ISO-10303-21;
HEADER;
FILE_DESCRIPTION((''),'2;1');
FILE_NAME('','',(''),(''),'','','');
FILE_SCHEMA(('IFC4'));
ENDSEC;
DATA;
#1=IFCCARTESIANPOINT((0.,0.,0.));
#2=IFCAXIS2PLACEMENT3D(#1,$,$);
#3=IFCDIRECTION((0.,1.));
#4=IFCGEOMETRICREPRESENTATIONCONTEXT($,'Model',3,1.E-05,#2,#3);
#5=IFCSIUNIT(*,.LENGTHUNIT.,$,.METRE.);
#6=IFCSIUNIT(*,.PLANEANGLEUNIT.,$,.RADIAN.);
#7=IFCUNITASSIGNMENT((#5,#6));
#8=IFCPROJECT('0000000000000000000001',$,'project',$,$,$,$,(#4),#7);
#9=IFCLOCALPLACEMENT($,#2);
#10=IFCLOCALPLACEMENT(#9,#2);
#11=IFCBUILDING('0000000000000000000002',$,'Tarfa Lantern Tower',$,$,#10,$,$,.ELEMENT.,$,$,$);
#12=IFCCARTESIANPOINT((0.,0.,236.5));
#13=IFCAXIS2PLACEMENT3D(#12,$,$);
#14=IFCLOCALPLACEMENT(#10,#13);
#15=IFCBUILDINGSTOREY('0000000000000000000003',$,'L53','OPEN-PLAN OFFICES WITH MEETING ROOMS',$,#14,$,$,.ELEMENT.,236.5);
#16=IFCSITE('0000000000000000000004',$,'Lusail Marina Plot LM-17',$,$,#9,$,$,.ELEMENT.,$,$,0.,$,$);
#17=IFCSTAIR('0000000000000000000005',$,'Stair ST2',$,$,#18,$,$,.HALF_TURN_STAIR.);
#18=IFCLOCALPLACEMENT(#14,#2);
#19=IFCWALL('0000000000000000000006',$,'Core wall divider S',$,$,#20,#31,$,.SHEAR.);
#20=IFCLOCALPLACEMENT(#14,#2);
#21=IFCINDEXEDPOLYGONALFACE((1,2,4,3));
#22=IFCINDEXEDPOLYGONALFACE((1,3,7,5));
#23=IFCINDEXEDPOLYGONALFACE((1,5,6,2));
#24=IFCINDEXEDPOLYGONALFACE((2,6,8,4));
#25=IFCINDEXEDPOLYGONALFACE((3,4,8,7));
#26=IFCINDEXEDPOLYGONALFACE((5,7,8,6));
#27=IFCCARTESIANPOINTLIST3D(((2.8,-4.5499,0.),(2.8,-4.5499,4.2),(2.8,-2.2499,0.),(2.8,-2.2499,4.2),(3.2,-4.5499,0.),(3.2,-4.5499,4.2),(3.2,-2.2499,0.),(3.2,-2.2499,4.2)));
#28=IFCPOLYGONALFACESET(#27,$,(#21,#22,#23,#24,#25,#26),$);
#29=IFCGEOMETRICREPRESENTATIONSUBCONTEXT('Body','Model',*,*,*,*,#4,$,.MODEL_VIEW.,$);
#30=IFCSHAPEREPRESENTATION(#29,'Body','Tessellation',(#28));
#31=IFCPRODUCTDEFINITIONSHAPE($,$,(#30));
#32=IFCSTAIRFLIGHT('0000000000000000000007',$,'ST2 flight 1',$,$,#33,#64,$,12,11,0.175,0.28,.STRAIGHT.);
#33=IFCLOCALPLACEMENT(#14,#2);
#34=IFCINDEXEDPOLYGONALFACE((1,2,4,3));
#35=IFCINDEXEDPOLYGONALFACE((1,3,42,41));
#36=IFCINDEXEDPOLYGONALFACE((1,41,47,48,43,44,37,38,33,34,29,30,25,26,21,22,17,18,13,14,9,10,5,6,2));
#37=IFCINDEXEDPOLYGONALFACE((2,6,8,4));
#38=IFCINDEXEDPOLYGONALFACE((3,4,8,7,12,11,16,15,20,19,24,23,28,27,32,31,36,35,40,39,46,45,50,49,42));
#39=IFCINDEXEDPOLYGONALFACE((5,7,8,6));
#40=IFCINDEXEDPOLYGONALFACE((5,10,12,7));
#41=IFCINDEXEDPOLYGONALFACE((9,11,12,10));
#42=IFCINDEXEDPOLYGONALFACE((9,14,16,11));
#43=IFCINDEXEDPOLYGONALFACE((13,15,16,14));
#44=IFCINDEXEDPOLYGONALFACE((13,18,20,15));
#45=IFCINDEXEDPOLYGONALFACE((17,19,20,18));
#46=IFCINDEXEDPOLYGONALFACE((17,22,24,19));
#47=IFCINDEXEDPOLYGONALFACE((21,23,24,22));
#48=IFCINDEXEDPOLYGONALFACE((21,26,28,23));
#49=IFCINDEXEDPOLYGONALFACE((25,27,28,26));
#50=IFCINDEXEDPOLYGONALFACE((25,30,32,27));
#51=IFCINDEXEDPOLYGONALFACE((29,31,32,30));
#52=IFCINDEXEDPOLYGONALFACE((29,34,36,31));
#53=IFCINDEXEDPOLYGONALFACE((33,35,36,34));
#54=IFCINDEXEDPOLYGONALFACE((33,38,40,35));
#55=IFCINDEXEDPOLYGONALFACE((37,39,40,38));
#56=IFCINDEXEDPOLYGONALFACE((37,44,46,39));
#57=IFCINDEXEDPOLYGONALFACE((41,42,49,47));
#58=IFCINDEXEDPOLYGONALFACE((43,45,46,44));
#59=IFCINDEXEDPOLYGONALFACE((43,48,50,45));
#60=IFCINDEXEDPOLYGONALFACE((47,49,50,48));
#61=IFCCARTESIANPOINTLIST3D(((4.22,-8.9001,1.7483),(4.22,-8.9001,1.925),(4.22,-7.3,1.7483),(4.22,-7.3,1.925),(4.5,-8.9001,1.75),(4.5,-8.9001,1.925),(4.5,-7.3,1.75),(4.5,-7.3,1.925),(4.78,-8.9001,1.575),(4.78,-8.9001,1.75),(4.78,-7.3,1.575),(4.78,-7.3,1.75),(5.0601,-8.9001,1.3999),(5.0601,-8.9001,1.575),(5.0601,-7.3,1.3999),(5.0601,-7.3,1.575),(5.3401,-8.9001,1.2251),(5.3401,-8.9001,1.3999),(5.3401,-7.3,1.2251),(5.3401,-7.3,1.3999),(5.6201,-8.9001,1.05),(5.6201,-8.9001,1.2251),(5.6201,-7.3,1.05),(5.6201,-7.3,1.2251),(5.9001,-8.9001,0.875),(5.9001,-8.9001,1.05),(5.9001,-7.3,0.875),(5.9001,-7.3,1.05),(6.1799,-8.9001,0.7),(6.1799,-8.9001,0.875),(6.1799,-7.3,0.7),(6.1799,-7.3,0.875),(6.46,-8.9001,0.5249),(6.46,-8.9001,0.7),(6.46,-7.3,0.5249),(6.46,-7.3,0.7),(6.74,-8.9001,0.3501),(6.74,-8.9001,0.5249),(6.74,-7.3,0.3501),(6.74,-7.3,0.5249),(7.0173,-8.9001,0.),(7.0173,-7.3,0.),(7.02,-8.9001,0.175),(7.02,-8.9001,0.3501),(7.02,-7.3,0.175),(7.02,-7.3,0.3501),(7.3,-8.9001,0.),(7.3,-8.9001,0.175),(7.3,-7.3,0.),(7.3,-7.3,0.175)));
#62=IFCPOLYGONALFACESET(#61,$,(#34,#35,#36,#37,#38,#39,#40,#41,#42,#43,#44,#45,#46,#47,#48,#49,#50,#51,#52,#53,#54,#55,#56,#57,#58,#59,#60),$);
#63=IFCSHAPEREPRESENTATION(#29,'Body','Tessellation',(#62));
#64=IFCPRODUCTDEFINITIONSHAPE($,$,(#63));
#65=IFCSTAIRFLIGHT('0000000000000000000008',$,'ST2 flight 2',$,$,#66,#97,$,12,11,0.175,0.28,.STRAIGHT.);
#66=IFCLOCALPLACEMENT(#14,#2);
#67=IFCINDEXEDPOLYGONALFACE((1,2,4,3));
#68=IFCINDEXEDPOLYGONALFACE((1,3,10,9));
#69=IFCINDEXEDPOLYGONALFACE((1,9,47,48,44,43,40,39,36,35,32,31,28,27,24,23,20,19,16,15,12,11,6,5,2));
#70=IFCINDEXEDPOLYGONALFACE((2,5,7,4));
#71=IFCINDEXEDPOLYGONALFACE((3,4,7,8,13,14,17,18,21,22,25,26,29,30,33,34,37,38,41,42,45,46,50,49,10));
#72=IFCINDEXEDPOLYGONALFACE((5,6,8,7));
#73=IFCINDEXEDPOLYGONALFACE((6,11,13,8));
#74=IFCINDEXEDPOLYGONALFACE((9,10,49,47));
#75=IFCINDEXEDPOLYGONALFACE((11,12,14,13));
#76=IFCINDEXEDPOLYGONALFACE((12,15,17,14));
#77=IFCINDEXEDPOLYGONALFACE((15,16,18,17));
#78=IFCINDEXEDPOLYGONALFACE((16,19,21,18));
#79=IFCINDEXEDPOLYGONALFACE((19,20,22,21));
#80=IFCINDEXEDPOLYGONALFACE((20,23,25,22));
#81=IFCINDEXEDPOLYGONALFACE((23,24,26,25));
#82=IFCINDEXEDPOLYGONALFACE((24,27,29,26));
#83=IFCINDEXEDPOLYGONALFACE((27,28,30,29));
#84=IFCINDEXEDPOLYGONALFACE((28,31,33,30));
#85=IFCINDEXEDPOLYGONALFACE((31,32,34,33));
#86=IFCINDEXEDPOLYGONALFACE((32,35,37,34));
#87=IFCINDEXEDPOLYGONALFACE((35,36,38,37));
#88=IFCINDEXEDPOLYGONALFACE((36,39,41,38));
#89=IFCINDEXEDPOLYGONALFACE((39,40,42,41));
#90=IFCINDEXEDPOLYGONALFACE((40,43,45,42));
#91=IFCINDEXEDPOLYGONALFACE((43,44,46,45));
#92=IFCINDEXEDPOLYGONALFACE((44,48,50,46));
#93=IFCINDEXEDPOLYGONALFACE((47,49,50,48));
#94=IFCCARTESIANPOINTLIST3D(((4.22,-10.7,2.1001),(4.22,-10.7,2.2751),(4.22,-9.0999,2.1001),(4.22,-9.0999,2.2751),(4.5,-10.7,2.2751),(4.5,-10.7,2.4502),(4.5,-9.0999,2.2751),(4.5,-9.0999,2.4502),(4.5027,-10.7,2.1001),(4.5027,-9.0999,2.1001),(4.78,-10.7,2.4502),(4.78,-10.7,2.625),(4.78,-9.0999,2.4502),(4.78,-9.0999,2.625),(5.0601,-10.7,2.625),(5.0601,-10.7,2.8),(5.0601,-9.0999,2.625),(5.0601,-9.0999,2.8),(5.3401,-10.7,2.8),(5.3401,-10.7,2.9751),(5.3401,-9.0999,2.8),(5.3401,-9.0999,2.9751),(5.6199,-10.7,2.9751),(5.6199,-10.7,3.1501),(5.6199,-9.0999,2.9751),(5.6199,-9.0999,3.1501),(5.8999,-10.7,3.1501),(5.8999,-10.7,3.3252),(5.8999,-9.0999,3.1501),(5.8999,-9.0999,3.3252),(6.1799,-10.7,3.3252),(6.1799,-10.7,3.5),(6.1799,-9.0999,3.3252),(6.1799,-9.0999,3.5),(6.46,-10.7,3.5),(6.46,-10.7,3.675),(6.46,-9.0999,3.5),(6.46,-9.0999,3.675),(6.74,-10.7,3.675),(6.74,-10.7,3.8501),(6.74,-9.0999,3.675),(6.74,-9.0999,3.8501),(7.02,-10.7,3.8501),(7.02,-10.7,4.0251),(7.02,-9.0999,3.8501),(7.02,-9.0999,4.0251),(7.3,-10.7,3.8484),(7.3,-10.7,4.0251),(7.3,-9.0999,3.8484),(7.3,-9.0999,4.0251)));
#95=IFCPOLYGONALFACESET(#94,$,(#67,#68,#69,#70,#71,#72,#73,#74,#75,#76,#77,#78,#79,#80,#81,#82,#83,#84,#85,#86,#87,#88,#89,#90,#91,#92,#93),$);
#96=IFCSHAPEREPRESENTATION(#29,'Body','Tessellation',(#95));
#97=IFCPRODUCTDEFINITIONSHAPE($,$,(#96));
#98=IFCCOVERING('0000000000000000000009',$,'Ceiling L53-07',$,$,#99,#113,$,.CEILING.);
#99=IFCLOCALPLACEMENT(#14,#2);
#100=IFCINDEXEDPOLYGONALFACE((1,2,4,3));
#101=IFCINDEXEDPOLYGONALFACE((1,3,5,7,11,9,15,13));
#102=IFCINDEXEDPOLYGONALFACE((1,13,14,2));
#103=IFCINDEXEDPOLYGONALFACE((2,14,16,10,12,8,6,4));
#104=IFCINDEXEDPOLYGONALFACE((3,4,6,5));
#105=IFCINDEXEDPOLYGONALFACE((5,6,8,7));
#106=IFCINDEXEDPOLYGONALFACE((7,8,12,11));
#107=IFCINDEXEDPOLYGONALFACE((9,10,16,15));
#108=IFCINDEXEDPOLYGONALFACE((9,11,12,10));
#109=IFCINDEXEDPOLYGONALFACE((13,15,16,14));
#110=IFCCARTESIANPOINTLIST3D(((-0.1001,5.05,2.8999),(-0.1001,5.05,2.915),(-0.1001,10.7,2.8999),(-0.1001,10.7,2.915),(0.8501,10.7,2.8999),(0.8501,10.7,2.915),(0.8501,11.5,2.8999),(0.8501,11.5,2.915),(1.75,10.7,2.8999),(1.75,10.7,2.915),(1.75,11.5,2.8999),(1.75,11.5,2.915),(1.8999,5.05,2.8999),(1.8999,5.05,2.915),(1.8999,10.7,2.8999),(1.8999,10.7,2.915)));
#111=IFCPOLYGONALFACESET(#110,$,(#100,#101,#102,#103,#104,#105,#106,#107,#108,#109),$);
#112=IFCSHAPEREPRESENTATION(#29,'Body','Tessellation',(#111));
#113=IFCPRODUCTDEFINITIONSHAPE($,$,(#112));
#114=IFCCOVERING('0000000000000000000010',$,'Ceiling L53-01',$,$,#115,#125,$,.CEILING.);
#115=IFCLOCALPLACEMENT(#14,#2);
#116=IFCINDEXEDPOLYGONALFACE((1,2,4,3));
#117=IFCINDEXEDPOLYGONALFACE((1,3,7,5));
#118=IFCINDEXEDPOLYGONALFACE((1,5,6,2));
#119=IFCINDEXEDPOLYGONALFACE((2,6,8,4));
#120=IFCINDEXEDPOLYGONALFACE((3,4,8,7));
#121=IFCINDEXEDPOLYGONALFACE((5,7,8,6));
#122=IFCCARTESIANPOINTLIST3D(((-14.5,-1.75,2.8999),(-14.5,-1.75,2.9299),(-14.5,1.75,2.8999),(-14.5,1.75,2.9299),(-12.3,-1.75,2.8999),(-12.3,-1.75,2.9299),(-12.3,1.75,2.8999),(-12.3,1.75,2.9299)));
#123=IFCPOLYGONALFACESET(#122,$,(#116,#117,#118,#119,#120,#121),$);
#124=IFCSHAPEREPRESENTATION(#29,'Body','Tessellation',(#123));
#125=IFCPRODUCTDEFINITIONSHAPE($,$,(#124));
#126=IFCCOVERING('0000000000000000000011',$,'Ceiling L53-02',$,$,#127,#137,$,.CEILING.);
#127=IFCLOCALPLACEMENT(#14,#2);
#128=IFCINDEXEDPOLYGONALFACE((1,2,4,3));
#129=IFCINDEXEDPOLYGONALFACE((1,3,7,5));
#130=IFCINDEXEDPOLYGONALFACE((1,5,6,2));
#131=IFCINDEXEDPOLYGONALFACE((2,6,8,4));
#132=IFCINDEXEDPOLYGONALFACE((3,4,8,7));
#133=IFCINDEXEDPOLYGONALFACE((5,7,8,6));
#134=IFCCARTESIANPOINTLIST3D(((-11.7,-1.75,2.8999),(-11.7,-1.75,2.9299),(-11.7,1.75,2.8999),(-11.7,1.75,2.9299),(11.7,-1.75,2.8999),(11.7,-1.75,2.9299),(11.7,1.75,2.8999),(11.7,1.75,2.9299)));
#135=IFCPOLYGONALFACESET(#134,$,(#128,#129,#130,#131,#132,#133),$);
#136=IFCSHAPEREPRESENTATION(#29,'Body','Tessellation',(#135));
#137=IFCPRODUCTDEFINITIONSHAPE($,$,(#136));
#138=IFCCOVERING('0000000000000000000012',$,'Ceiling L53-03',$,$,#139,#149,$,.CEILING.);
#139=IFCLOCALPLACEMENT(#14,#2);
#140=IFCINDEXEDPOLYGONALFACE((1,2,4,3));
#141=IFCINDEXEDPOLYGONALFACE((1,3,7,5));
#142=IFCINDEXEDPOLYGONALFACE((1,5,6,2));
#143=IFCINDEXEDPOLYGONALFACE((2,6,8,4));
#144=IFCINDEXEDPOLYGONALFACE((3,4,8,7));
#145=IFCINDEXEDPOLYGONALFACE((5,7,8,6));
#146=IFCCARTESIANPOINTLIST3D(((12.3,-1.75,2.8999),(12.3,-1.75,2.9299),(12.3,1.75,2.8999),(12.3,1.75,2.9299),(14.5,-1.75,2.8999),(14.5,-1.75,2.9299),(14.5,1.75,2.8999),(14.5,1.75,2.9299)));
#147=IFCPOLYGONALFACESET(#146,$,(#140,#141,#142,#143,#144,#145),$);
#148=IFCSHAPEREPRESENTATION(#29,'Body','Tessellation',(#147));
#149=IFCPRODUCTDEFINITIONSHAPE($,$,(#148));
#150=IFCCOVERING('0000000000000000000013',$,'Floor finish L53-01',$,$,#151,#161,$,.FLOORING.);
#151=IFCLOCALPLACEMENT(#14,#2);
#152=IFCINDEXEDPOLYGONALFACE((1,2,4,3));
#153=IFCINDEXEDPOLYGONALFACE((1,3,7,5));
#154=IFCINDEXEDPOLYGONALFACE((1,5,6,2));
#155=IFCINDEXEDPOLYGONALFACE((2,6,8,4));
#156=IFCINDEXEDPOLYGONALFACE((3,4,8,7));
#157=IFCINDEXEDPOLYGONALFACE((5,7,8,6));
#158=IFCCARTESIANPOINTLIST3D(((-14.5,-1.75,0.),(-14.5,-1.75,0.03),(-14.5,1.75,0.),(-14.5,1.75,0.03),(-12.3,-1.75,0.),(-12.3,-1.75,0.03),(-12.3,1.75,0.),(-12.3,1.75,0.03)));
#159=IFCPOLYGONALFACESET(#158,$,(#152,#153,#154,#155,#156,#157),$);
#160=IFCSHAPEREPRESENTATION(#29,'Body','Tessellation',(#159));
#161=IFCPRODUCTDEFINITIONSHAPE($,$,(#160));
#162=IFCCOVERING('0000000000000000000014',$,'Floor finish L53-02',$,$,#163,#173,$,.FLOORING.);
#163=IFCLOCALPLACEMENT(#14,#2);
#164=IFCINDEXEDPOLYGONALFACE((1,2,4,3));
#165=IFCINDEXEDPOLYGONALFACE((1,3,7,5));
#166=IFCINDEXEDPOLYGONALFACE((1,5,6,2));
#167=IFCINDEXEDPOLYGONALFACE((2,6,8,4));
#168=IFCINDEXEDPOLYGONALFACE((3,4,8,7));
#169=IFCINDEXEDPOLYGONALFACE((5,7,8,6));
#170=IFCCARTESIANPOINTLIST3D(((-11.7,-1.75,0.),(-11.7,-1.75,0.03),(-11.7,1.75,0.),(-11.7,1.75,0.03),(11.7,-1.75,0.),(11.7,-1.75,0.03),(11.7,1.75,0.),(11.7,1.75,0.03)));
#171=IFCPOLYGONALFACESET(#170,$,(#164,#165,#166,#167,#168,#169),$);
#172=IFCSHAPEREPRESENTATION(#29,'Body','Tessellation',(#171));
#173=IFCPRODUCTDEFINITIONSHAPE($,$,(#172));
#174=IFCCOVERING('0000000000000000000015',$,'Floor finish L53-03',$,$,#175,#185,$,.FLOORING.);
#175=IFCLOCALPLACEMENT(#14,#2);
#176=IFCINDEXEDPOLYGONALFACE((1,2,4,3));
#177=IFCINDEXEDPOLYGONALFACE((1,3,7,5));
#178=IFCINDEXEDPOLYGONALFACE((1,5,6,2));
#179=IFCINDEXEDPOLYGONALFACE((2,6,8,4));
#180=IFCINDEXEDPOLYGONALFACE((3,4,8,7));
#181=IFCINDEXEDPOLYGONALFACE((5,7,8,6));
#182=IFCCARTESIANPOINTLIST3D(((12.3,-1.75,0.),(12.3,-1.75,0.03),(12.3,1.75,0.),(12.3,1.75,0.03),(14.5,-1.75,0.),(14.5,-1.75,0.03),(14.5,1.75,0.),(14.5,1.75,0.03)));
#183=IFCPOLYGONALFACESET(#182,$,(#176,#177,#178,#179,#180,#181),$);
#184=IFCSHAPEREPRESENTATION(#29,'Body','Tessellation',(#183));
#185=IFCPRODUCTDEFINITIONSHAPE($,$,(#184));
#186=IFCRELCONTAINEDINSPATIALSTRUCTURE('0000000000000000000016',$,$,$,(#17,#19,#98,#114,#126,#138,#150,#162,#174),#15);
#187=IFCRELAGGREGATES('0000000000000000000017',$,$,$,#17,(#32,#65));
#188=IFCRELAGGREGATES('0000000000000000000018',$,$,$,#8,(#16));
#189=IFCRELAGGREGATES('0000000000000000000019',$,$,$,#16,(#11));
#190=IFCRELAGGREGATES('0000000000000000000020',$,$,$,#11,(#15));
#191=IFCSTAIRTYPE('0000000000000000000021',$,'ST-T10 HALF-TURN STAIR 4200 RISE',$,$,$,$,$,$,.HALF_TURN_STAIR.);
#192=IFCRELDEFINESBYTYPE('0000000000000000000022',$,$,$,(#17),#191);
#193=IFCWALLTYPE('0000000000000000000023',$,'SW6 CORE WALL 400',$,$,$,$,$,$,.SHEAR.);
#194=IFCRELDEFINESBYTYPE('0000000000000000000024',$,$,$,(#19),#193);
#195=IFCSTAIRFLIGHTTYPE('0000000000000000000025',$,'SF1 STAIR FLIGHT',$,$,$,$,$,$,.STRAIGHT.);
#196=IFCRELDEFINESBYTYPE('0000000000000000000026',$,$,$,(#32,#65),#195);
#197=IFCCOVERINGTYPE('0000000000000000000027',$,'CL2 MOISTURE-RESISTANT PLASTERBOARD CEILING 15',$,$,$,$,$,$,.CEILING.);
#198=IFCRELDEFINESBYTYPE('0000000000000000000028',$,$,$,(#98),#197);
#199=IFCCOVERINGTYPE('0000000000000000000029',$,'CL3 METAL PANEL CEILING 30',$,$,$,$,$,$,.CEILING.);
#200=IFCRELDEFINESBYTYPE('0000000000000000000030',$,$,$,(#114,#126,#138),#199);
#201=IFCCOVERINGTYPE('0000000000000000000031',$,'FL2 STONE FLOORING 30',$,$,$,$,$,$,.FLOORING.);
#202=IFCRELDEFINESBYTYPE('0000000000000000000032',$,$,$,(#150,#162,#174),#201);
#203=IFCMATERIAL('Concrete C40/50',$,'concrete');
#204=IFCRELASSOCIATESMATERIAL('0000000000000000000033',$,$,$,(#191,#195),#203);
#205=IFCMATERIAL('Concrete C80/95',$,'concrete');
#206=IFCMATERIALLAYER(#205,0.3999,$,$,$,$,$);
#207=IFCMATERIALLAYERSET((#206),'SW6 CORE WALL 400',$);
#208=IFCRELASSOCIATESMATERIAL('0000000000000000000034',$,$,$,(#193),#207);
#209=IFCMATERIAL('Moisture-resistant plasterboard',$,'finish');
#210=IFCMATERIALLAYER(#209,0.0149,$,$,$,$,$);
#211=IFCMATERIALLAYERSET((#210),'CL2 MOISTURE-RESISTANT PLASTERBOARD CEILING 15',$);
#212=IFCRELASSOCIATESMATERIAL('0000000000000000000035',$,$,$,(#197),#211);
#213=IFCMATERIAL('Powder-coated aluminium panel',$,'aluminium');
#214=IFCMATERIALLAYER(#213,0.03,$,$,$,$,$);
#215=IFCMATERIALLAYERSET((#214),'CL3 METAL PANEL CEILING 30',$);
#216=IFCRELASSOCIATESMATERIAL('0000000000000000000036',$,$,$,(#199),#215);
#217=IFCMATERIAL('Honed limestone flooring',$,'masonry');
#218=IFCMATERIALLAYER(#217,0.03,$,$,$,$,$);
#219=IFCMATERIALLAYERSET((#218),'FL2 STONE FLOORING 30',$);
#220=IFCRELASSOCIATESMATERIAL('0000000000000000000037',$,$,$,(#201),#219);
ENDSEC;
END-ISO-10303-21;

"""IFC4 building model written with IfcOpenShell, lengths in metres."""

from ifc_helpers import new_model, si_unit, direction, frame, frame_2d, origin, place, context, subcontext, project, spatial, polyline, rectangle, outline, extrude, material, layer, layer_set, type_object, element, aggregate, save


model = new_model("IFC4")

# Units and contexts
model_context = context("Model", 3, precision=1e-05, world=origin(), true_north=direction((0.0, 1.0)))
body_context = subcontext(model_context, "Body", "Model", "MODEL_VIEW")
ifc_project = project(units=[si_unit("LENGTHUNIT", "METRE"), si_unit("PLANEANGLEUNIT", "RADIAN")], contexts=[model_context])

# Site, building, storey
site_placement = place(None, origin())
site = spatial("IfcSite", under=ifc_project, at=site_placement, Name="Lusail Marina Plot LM-17", CompositionType="ELEMENT", RefElevation=0.0)
building_placement = place(site_placement, origin())
building = spatial("IfcBuilding", under=site, at=building_placement, Name="Tarfa Lantern Tower", CompositionType="ELEMENT")
storey_placement = place(building_placement, frame((0.0, 0.0, 236.5)))
storey = spatial("IfcBuildingStorey", under=building, at=storey_placement, Name="L53", Description="OPEN-PLAN OFFICES WITH MEETING ROOMS", CompositionType="ELEMENT", Elevation=236.5)

# Stair
ifc_material_1 = material(Name="Concrete C40/50", Category="concrete")
stair_type = type_object("IfcStairType", Name="ST-T10 HALF-TURN STAIR 4200 RISE", PredefinedType="HALF_TURN_STAIR", material=ifc_material_1)
stair_1_placement = place(storey_placement, origin())
stair_1 = element("IfcStair", 1, at=stair_1_placement, inside=storey, type_object=stair_type, Name="Stair ST2", PredefinedType="HALF_TURN_STAIR")

# Shared definitions
ifc_material_2 = material(Name="Concrete C80/95", Category="concrete")

# Wall
ifc_layer_1 = layer(ifc_material_2, 0.3999)
ifc_layer_set_1 = layer_set([ifc_layer_1], Name="SW6 CORE WALL 400")
wall_type_1 = type_object("IfcWallType", Name="SW6 CORE WALL 400", PredefinedType="SHEAR", material=ifc_layer_set_1)
for number, where, z_axis, x_axis, name in (
    (2, (3.0, -2.25, 0.0), (0.0, 0.0, 1.0), (0.0, -1.0, 0.0), "Core wall divider S"),
):
    element("IfcWall", number, at=place(storey_placement, frame(where, z_axis=z_axis, x_axis=x_axis)), inside=storey, type_object=wall_type_1, Name=name, PredefinedType="SHEAR", context=body_context, shape_type="SweptSolid", body=[
        extrude(rectangle(XDim=2.3, YDim=0.3999, at=frame_2d((1.1499, 0.0))), origin(), (0.0, 0.0, 1.0), 4.2),
    ])

# Stair flights
stair_flight_type = type_object("IfcStairFlightType", Name="SF1 STAIR FLIGHT", PredefinedType="STRAIGHT", material=ifc_material_1)
stair_flight_1_placement = place(storey_placement, frame((7.3, -8.1001, 0.0), z_axis=(0.0, 0.0, 1.0), x_axis=(-1.0, 0.0, 0.0)))
stair_flight_1 = element("IfcStairFlight", 3, at=stair_flight_1_placement, type_object=stair_flight_type, Name="ST2 flight 1", NumberOfRisers=12, NumberOfTreads=11, PredefinedType="STRAIGHT", RiserHeight=0.175, TreadLength=0.28, context=body_context, shape_type="SweptSolid", body=[
    extrude(outline(polyline([(0.0, 0.0), (0.0, 0.175), (0.28, 0.175), (0.28, 0.3501), (0.5601, 0.3501), (0.5601, 0.5249), (0.8401, 0.5249), (0.8401, 0.7), (1.1201, 0.7), (1.1201, 0.875), (1.3999, 0.875), (1.3999, 1.05), (1.6799, 1.05), (1.6799, 1.2251), (1.96, 1.2251), (1.96, 1.3999), (2.24, 1.3999), (2.24, 1.575), (2.52, 1.575), (2.52, 1.75), (2.8, 1.75), (2.8, 1.925), (3.0801, 1.925), (3.0801, 2.1001), (3.0801, 1.7483), (0.2827, 0.0), (0.0, 0.0)])), frame((0.0, 0.8, 0.0), z_axis=(0.0, -1.0, 0.0), x_axis=(1.0, 0.0, 0.0)), (0.0, 0.0, 1.0), 1.6001),
])
stair_flight_2_placement = place(storey_placement, frame((4.22, -9.8999, 2.1001), z_axis=(0.0, 0.0, 1.0), x_axis=(1.0, 0.0, 0.0)))
stair_flight_2 = element("IfcStairFlight", 4, at=stair_flight_2_placement, type_object=stair_flight_type, Name="ST2 flight 2", NumberOfRisers=12, NumberOfTreads=11, PredefinedType="STRAIGHT", RiserHeight=0.175, TreadLength=0.28, context=body_context, shape_type="SweptSolid", body=[
    extrude(outline(polyline([(0.0, 0.0), (0.0, 0.175), (0.28, 0.175), (0.28, 0.3501), (0.5601, 0.3501), (0.5601, 0.5249), (0.8401, 0.5249), (0.8401, 0.7), (1.1201, 0.7), (1.1201, 0.875), (1.3999, 0.875), (1.3999, 1.05), (1.6799, 1.05), (1.6799, 1.2251), (1.96, 1.2251), (1.96, 1.3999), (2.24, 1.3999), (2.24, 1.575), (2.52, 1.575), (2.52, 1.75), (2.8, 1.75), (2.8, 1.925), (3.0801, 1.925), (3.0801, 2.1001), (3.0801, 1.7483), (0.2827, 0.0), (0.0, 0.0)])), frame((0.0, 0.8, 0.0), z_axis=(0.0, -1.0, 0.0), x_axis=(1.0, 0.0, 0.0)), (0.0, 0.0, 1.0), 1.6001),
])
aggregate(stair_1, [stair_flight_1, stair_flight_2])

# Coverings
ifc_material_3 = material(Name="Moisture-resistant plasterboard", Category="finish")
ifc_layer_2 = layer(ifc_material_3, 0.0149)
ifc_layer_set_2 = layer_set([ifc_layer_2], Name="CL2 MOISTURE-RESISTANT PLASTERBOARD CEILING 15")
covering_type_1 = type_object("IfcCoveringType", Name="CL2 MOISTURE-RESISTANT PLASTERBOARD CEILING 15", PredefinedType="CEILING", material=ifc_layer_set_2)
covering_1_placement = place(storey_placement, frame((0.0, 0.0, 2.8999)))
element("IfcCovering", 5, at=covering_1_placement, inside=storey, type_object=covering_type_1, Name="Ceiling L53-07", PredefinedType="CEILING", context=body_context, shape_type="SweptSolid", body=[
    extrude(outline(polyline([(0.8501, 10.7), (-0.1001, 10.7), (-0.1001, 5.05), (1.8999, 5.05), (1.8999, 10.7), (1.75, 10.7), (1.75, 11.5), (1.75, 11.5), (0.8501, 11.5), (0.8501, 10.7)])), origin(), (0.0, 0.0, 1.0), 0.0151),
])
ifc_material_4 = material(Name="Powder-coated aluminium panel", Category="aluminium")
ifc_layer_3 = layer(ifc_material_4, 0.03)
ifc_layer_set_3 = layer_set([ifc_layer_3], Name="CL3 METAL PANEL CEILING 30")
covering_type_2 = type_object("IfcCoveringType", Name="CL3 METAL PANEL CEILING 30", PredefinedType="CEILING", material=ifc_layer_set_3)
covering_2_placement = place(storey_placement, frame((0.0, 0.0, 2.8999)))
element("IfcCovering", 6, at=covering_2_placement, inside=storey, type_object=covering_type_2, Name="Ceiling L53-01", PredefinedType="CEILING", context=body_context, shape_type="SweptSolid", body=[
    extrude(outline(polyline([(-14.5, -1.75), (-12.3, -1.75), (-12.3, 1.75), (-14.5, 1.75), (-14.5, -1.75)])), origin(), (0.0, 0.0, 1.0), 0.03),
])
covering_3_placement = place(storey_placement, frame((0.0, 0.0, 2.8999)))
element("IfcCovering", 7, at=covering_3_placement, inside=storey, type_object=covering_type_2, Name="Ceiling L53-02", PredefinedType="CEILING", context=body_context, shape_type="SweptSolid", body=[
    extrude(outline(polyline([(-11.7, -1.75), (11.7, -1.75), (11.7, 1.75), (-11.7, 1.75), (-11.7, -1.75)])), origin(), (0.0, 0.0, 1.0), 0.03),
])
covering_4_placement = place(storey_placement, frame((0.0, 0.0, 2.8999)))
element("IfcCovering", 8, at=covering_4_placement, inside=storey, type_object=covering_type_2, Name="Ceiling L53-03", PredefinedType="CEILING", context=body_context, shape_type="SweptSolid", body=[
    extrude(outline(polyline([(12.3, -1.75), (14.5, -1.75), (14.5, 1.75), (12.3, 1.75), (12.3, -1.75)])), origin(), (0.0, 0.0, 1.0), 0.03),
])
ifc_material_5 = material(Name="Honed limestone flooring", Category="masonry")
ifc_layer_4 = layer(ifc_material_5, 0.03)
ifc_layer_set_4 = layer_set([ifc_layer_4], Name="FL2 STONE FLOORING 30")
covering_type_3 = type_object("IfcCoveringType", Name="FL2 STONE FLOORING 30", PredefinedType="FLOORING", material=ifc_layer_set_4)
covering_5_placement = place(storey_placement, origin())
element("IfcCovering", 9, at=covering_5_placement, inside=storey, type_object=covering_type_3, Name="Floor finish L53-01", PredefinedType="FLOORING", context=body_context, shape_type="SweptSolid", body=[
    extrude(outline(polyline([(-14.5, -1.75), (-12.3, -1.75), (-12.3, 1.75), (-14.5, 1.75), (-14.5, -1.75)])), origin(), (0.0, 0.0, 1.0), 0.03),
])
covering_6_placement = place(storey_placement, origin())
element("IfcCovering", 10, at=covering_6_placement, inside=storey, type_object=covering_type_3, Name="Floor finish L53-02", PredefinedType="FLOORING", context=body_context, shape_type="SweptSolid", body=[
    extrude(outline(polyline([(-11.7, -1.75), (11.7, -1.75), (11.7, 1.75), (-11.7, 1.75), (-11.7, -1.75)])), origin(), (0.0, 0.0, 1.0), 0.03),
])
covering_7_placement = place(storey_placement, origin())
element("IfcCovering", 11, at=covering_7_placement, inside=storey, type_object=covering_type_3, Name="Floor finish L53-03", PredefinedType="FLOORING", context=body_context, shape_type="SweptSolid", body=[
    extrude(outline(polyline([(12.3, -1.75), (14.5, -1.75), (14.5, 1.75), (12.3, 1.75), (12.3, -1.75)])), origin(), (0.0, 0.0, 1.0), 0.03),
])

save(model, "model.ifc")
